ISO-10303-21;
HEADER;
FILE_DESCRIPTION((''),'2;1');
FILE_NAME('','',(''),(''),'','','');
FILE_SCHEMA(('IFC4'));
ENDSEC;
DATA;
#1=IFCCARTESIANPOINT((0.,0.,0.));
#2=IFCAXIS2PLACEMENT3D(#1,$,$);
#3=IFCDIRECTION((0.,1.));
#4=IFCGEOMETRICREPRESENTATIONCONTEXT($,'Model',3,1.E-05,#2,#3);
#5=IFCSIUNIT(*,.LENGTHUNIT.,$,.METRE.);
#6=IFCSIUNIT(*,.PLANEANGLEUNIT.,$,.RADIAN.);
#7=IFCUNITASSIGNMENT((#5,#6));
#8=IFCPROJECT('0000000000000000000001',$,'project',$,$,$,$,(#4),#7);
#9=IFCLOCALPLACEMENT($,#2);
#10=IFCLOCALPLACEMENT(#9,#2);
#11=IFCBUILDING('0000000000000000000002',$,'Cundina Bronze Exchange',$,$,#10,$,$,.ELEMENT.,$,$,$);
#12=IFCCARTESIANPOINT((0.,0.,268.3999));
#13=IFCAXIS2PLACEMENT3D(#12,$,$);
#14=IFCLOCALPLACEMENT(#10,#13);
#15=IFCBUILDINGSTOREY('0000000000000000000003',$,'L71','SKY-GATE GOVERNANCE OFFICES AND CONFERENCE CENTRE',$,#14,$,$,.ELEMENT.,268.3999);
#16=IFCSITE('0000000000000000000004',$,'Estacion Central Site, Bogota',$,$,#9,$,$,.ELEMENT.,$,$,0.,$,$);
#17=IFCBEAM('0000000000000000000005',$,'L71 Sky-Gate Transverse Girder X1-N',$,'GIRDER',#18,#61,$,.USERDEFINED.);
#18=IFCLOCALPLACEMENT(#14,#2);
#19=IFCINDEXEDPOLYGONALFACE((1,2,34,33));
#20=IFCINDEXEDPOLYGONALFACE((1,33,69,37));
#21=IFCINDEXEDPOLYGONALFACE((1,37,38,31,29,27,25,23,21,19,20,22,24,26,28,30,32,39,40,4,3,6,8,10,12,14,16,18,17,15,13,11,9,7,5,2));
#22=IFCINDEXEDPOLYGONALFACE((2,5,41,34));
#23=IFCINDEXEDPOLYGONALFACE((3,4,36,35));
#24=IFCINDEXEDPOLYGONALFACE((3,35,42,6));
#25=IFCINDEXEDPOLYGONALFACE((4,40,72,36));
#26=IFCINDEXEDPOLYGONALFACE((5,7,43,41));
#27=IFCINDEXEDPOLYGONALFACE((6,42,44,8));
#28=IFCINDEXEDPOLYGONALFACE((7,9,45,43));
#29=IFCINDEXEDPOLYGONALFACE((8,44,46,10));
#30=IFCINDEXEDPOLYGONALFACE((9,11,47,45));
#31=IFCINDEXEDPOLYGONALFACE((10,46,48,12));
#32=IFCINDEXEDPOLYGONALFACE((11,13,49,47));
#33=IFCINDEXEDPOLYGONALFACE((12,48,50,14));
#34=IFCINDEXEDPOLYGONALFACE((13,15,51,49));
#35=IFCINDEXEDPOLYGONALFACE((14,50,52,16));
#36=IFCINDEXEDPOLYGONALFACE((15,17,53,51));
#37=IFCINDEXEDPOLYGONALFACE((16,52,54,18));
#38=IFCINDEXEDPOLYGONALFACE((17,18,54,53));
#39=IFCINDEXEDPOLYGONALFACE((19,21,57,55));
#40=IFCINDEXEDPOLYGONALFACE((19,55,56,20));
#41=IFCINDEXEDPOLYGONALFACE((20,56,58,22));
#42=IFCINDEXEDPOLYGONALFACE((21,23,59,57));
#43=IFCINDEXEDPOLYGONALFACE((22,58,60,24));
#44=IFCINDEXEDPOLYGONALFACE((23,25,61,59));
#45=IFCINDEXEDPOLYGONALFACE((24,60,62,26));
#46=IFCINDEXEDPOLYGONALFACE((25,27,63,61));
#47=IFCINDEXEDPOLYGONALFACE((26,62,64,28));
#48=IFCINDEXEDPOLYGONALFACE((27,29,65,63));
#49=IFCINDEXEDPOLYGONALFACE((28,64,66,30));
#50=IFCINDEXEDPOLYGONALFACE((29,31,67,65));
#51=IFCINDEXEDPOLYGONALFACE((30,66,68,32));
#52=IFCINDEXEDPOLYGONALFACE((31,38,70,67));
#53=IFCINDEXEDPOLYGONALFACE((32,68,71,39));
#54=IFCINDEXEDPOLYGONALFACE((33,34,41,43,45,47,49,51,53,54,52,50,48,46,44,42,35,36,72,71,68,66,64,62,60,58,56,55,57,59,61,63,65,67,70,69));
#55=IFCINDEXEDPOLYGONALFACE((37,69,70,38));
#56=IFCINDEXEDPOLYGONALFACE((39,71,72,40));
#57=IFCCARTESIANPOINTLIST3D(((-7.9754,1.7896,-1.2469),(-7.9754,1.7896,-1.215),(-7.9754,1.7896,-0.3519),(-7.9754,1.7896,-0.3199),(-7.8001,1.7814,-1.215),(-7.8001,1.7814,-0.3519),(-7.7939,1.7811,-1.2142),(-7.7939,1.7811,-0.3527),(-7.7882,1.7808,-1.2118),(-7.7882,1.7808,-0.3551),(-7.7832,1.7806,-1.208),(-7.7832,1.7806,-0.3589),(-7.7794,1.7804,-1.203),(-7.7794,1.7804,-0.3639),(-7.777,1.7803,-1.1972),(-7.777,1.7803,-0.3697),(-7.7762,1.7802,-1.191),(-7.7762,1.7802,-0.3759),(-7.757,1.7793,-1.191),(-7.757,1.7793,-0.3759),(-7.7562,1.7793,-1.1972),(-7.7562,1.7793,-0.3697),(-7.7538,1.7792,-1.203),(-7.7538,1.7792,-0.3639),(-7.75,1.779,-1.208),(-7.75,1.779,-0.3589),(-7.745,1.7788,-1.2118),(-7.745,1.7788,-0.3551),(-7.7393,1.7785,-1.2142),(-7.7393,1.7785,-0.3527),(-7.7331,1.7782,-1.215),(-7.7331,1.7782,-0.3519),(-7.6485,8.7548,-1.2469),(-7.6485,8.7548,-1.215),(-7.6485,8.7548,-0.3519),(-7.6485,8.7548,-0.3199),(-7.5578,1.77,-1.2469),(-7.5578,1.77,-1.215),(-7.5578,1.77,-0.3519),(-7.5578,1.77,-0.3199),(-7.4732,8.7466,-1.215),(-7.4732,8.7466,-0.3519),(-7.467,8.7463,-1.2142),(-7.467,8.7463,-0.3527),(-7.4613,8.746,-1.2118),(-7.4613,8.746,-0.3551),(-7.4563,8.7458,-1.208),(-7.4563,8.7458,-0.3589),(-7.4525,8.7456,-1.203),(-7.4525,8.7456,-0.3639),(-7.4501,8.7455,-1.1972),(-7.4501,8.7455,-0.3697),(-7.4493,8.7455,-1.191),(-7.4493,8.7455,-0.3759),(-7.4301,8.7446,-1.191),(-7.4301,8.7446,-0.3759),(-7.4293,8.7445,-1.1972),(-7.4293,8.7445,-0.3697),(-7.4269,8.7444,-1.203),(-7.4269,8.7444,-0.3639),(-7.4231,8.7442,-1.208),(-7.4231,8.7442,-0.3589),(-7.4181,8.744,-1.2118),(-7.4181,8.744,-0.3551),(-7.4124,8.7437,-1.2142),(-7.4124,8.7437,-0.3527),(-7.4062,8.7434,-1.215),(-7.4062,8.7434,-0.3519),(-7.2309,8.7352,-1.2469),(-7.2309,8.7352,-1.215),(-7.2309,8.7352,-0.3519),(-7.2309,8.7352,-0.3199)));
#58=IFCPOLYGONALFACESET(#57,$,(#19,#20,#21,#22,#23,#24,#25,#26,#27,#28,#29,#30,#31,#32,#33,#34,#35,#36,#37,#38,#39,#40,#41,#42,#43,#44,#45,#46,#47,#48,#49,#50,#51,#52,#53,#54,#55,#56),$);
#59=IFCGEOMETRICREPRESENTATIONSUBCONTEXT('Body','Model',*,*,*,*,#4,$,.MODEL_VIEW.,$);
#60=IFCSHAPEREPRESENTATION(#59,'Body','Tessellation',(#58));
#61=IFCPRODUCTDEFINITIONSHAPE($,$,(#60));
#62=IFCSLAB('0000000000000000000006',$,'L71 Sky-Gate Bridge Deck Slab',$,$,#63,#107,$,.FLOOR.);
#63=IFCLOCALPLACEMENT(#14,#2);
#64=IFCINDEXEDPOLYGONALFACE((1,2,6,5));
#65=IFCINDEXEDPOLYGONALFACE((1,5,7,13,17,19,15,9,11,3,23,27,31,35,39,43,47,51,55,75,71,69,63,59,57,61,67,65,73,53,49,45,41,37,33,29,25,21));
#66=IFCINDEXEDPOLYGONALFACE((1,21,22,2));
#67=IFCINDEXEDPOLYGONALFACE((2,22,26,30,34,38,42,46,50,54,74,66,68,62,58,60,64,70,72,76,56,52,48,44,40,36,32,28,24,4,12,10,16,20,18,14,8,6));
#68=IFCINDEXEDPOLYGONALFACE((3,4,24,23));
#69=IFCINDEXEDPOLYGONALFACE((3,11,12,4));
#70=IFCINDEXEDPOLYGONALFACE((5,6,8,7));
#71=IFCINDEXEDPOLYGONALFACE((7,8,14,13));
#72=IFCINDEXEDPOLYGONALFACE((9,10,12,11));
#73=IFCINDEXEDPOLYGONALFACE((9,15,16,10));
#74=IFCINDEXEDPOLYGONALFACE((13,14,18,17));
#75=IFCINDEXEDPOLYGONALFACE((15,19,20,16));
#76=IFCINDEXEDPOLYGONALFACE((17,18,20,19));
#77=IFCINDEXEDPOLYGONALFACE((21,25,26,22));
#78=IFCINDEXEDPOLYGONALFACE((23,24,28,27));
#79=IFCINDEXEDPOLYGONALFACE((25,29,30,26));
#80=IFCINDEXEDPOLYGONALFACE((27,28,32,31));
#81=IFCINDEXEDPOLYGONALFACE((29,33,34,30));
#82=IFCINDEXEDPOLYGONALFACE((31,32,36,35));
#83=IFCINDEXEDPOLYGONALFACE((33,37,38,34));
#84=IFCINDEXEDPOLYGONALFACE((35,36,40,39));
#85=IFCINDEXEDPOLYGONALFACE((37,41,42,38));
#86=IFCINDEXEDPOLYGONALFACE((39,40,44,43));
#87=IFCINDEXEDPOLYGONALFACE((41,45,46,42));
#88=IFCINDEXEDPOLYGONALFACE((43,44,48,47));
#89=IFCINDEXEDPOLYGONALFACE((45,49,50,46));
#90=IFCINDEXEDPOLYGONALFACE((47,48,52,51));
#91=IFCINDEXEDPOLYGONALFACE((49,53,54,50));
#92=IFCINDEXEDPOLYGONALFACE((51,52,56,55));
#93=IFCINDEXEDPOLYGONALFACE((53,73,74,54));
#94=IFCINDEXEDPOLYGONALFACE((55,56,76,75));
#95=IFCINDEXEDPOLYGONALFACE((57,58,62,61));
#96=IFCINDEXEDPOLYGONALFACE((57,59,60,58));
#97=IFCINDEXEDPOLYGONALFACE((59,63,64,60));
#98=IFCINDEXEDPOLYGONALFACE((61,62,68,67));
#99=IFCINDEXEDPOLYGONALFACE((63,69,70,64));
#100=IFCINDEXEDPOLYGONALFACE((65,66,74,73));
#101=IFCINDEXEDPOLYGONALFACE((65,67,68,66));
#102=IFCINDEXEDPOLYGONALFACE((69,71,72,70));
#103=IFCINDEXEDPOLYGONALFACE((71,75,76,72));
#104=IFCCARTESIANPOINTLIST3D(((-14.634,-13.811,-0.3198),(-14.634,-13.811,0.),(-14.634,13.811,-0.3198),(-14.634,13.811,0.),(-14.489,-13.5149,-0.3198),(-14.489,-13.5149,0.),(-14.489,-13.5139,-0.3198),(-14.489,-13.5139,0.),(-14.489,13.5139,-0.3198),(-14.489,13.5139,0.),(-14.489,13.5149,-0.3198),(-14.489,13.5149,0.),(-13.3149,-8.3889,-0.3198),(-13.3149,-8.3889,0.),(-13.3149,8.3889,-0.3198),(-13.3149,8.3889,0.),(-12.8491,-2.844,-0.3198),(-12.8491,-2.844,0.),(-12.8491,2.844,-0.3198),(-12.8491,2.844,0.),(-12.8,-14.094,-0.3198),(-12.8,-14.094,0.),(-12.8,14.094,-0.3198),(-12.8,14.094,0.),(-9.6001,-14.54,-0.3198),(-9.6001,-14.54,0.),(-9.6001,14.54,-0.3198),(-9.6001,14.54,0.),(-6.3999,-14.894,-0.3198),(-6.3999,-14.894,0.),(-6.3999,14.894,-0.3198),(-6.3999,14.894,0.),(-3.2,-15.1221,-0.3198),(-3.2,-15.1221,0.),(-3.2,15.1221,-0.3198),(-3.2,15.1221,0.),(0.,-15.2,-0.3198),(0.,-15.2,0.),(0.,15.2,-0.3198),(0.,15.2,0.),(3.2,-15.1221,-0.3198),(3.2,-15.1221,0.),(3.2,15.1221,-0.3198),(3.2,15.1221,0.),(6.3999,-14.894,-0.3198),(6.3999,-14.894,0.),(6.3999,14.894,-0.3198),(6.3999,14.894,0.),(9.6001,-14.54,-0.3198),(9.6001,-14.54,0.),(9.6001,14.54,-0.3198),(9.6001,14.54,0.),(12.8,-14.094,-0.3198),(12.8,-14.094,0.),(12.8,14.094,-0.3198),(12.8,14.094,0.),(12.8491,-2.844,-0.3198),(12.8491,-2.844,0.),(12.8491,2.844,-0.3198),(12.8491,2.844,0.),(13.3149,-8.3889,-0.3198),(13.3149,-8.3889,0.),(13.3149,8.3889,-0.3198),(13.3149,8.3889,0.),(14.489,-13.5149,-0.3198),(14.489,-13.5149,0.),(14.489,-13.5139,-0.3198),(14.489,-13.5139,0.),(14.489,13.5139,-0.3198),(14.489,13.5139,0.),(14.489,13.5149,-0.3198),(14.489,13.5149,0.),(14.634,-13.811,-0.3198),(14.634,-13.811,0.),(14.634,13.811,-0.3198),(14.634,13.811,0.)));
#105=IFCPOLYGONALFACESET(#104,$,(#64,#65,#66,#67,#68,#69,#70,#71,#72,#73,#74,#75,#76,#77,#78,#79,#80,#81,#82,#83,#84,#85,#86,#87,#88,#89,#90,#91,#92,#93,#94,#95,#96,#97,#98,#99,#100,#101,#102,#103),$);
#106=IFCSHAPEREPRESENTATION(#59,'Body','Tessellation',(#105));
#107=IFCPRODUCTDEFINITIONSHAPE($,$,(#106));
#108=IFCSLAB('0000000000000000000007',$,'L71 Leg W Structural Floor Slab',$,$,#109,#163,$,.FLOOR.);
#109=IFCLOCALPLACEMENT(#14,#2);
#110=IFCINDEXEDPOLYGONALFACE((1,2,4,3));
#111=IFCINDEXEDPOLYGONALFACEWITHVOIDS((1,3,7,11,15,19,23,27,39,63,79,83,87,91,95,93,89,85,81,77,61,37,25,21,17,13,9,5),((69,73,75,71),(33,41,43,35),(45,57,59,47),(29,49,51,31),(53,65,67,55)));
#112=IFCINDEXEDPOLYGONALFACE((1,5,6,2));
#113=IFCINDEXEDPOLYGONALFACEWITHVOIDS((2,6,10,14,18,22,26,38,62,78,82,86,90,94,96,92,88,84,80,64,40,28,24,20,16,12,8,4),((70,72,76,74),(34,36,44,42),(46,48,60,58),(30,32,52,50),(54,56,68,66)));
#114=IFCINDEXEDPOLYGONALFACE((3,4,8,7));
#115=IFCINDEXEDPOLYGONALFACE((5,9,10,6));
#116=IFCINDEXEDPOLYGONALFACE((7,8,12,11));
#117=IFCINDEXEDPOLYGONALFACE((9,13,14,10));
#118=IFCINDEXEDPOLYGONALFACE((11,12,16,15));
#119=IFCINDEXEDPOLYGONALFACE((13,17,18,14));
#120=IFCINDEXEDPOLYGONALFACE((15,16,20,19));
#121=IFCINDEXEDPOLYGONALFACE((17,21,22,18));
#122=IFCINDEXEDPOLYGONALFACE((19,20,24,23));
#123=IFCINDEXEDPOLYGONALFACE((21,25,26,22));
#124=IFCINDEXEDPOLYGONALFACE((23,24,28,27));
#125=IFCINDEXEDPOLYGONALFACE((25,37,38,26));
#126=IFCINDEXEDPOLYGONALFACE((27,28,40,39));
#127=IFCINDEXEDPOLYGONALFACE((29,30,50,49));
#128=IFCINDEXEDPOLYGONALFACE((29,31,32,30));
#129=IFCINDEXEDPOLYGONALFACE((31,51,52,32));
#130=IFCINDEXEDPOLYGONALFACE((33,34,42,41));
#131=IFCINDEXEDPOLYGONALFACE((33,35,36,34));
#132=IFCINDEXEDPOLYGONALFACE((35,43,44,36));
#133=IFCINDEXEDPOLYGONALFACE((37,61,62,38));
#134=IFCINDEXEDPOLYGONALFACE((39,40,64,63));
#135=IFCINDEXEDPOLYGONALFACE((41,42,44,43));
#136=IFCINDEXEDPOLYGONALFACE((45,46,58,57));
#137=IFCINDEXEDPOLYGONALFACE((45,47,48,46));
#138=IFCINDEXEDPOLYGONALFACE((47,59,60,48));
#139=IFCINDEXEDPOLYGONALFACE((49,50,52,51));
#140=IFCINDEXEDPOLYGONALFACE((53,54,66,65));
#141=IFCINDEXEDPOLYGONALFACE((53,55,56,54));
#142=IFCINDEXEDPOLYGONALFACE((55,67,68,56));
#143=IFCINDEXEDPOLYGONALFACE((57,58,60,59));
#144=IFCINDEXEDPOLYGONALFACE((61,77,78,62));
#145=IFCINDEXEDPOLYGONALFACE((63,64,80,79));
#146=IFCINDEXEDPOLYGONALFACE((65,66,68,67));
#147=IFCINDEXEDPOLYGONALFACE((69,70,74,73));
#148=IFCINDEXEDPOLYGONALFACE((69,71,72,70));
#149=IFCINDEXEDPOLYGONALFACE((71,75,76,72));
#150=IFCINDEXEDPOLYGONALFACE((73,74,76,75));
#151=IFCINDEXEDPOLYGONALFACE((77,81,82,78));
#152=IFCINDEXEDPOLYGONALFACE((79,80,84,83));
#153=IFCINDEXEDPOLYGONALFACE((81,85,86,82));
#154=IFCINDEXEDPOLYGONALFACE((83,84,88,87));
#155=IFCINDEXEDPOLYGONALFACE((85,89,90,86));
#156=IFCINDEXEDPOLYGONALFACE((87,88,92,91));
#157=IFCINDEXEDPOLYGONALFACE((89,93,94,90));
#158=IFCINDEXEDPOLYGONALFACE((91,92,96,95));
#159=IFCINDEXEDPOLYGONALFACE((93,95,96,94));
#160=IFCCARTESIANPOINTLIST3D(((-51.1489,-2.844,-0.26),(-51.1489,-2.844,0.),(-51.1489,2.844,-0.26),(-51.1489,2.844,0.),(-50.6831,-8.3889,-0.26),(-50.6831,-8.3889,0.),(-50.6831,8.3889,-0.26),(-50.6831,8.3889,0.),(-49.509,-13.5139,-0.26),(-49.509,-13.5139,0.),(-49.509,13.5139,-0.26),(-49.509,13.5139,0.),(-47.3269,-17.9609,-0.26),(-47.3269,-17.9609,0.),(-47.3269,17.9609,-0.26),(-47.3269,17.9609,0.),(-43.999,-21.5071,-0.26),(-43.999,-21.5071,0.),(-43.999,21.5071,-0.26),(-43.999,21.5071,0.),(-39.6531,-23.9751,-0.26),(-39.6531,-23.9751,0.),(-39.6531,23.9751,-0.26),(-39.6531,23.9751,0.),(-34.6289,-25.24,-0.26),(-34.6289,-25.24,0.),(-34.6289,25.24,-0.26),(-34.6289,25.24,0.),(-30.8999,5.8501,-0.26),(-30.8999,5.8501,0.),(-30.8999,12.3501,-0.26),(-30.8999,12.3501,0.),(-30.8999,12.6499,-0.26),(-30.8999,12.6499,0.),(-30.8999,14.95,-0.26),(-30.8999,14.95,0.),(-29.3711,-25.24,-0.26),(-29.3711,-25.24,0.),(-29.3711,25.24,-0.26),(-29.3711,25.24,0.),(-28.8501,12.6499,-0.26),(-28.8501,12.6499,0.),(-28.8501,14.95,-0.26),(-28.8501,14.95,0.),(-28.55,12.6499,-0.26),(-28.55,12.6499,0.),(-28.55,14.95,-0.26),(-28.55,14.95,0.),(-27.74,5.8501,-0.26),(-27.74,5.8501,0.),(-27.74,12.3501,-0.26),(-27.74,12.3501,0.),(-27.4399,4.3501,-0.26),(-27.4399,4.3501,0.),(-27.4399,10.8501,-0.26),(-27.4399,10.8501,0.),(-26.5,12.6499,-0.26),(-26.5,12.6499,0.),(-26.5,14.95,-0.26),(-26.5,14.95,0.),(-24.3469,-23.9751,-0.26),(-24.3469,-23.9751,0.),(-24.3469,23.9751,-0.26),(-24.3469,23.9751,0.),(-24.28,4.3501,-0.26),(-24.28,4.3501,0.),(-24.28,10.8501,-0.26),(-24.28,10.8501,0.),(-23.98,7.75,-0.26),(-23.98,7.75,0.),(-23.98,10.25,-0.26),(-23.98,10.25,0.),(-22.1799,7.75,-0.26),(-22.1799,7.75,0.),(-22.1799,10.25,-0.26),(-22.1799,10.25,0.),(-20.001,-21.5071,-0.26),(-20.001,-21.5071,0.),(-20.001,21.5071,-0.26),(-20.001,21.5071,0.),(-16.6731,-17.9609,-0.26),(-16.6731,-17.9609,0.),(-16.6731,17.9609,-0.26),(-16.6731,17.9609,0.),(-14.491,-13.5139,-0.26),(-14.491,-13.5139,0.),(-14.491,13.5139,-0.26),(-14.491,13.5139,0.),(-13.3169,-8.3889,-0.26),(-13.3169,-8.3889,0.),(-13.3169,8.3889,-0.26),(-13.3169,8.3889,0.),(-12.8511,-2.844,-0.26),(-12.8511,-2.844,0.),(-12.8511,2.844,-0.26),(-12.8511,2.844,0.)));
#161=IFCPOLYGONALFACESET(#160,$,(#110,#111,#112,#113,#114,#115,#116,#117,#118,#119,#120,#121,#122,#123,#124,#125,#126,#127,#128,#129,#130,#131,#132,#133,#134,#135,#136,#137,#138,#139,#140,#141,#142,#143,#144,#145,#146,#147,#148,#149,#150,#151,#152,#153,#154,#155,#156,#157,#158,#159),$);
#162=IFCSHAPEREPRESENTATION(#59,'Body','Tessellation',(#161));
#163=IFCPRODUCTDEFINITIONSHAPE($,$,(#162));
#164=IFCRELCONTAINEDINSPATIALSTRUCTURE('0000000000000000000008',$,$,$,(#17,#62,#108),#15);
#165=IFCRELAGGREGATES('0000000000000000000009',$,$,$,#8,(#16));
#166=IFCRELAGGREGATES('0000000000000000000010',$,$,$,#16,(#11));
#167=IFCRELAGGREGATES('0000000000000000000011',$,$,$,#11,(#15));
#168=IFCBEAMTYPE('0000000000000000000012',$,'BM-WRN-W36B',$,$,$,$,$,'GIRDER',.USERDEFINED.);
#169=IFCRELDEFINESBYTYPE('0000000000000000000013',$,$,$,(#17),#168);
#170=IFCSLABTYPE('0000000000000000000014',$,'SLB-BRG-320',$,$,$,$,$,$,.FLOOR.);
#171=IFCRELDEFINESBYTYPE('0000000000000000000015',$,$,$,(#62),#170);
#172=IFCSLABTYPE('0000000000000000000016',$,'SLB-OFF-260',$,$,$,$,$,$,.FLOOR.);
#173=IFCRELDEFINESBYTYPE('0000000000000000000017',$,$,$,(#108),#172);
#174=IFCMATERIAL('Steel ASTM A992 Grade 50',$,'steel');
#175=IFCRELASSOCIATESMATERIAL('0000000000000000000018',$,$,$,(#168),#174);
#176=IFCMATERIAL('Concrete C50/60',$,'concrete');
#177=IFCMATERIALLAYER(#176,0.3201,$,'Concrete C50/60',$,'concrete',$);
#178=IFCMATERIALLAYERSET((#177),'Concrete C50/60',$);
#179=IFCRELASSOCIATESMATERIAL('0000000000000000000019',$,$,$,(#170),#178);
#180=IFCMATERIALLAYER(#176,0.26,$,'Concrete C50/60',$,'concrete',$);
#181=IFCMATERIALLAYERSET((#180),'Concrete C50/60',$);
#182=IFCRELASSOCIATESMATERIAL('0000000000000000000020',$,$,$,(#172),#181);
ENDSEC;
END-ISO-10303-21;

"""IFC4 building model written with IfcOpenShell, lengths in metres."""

from ifc_helpers import new_model, si_unit, direction, frame, origin, origin_2d, place, context, subcontext, project, spatial, polyline, i_section, outline, extrude, material, layer, layer_set, material_profile, profile_set, type_object, element, save


model = new_model("IFC4")

# Units and contexts
model_context = context("Model", 3, precision=1e-05, world=origin(), true_north=direction((0.0, 1.0)))
body_context = subcontext(model_context, "Body", "Model", "MODEL_VIEW")
ifc_project = project(units=[si_unit("LENGTHUNIT", "METRE"), si_unit("PLANEANGLEUNIT", "RADIAN")], contexts=[model_context])

# Site, building, storey
site_placement = place(None, origin())
site = spatial("IfcSite", under=ifc_project, at=site_placement, Name="Estacion Central Site, Bogota", CompositionType="ELEMENT", RefElevation=0.0)
building_placement = place(site_placement, origin())
building = spatial("IfcBuilding", under=site, at=building_placement, Name="Cundina Bronze Exchange", CompositionType="ELEMENT")
storey_placement = place(building_placement, frame((0.0, 0.0, 268.3999)))
storey = spatial("IfcBuildingStorey", under=building, at=storey_placement, Name="L71", Description="SKY-GATE GOVERNANCE OFFICES AND CONFERENCE CENTRE", CompositionType="ELEMENT", Elevation=268.3999)

# Shared definitions
ifc_material_1 = material(Name="Concrete C50/60", Category="concrete")
ifc_material_2 = material(Name="Steel ASTM A992 Grade 50", Category="steel")

# Beam
ifc_material_profile_1 = material_profile(ifc_material_2, i_section(OverallWidth=0.418, OverallDepth=0.927, WebThickness=0.0193, FlangeThickness=0.032, FilletRadius=0.0239, at=origin_2d()), Name="W36X231", Category="steel")
ifc_profile_set_1 = profile_set([ifc_material_profile_1], Name="Steel ASTM A992 Grade 50")
beam_type_1 = type_object("IfcBeamType", Name="BM-WRN-W36B", ElementType="GIRDER", PredefinedType="USERDEFINED", material=ifc_profile_set_1)
beam_1_placement = place(storey_placement, frame((-7.7666, 1.7798, -0.7834), z_axis=(0.046881, 0.9989, 0.0), x_axis=(-0.9989, 0.046881, 0.0)))
element("IfcBeam", 1, at=beam_1_placement, inside=storey, type_object=beam_type_1, Name="L71 Sky-Gate Transverse Girder X1-N", ObjectType="GIRDER", PredefinedType="USERDEFINED", context=body_context, shape_type="SweptSolid", body=[
    extrude(i_section(OverallWidth=0.418, OverallDepth=0.927, WebThickness=0.0193, FlangeThickness=0.032, FilletRadius=0.0239, at=origin_2d()), origin(), (0.0, 0.0, 1.0), 6.9729),
])

# Slabs
ifc_layer_1 = layer(ifc_material_1, 0.3201, Name="Concrete C50/60", Category="concrete")
ifc_layer_set_1 = layer_set([ifc_layer_1], Name="Concrete C50/60")
slab_type_1 = type_object("IfcSlabType", Name="SLB-BRG-320", PredefinedType="FLOOR", material=ifc_layer_set_1)
slab_1_placement = place(storey_placement, frame((0.0, 0.0, -0.3198)))
element("IfcSlab", 2, at=slab_1_placement, inside=storey, type_object=slab_type_1, Name="L71 Sky-Gate Bridge Deck Slab", PredefinedType="FLOOR", context=body_context, shape_type="SweptSolid", body=[
    extrude(outline(polyline([(12.8, -14.094), (9.6001, -14.54), (6.3999, -14.894), (3.2, -15.1221), (0.0, -15.2), (-3.2, -15.1221), (-6.3999, -14.894), (-9.6001, -14.54), (-12.8, -14.094), (-14.634, -13.811), (-14.489, -13.5149), (-14.489, -13.5149), (-14.489, -13.5139), (-13.3149, -8.3889), (-13.3149, -8.3889), (-12.8491, -2.844), (-12.8491, -2.844), (-12.8491, 2.844), (-12.8491, 2.844), (-13.3149, 8.3889), (-13.3149, 8.3889), (-14.489, 13.5139), (-14.489, 13.5149), (-14.489, 13.5149), (-14.634, 13.811), (-12.8, 14.094), (-9.6001, 14.54), (-6.3999, 14.894), (-3.2, 15.1221), (0.0, 15.2), (3.2, 15.1221), (6.3999, 14.894), (9.6001, 14.54), (12.8, 14.094), (14.634, 13.811), (14.489, 13.5149), (14.489, 13.5149), (14.489, 13.5139), (13.3149, 8.3889), (13.3149, 8.3889), (12.8491, 2.844), (12.8491, 2.844), (12.8491, -2.844), (12.8491, -2.844), (13.3149, -8.3889), (13.3149, -8.3889), (14.489, -13.5139), (14.489, -13.5149), (14.489, -13.5149), (14.634, -13.811), (12.8, -14.094)])), origin(), (0.0, 0.0, 1.0), 0.3198),
])
ifc_layer_2 = layer(ifc_material_1, 0.26, Name="Concrete C50/60", Category="concrete")
ifc_layer_set_2 = layer_set([ifc_layer_2], Name="Concrete C50/60")
slab_type_2 = type_object("IfcSlabType", Name="SLB-OFF-260", PredefinedType="FLOOR", material=ifc_layer_set_2)
slab_2_placement = place(storey_placement, frame((0.0, 0.0, -0.26)))
element("IfcSlab", 3, at=slab_2_placement, inside=storey, type_object=slab_type_2, Name="L71 Leg W Structural Floor Slab", PredefinedType="FLOOR", context=body_context, shape_type="SweptSolid", body=[
    extrude(outline(polyline([(-12.8511, 2.844), (-13.3169, 8.3889), (-14.491, 13.5139), (-16.6731, 17.9609), (-20.001, 21.5071), (-24.3469, 23.9751), (-29.3711, 25.24), (-34.6289, 25.24), (-39.6531, 23.9751), (-43.999, 21.5071), (-47.3269, 17.9609), (-49.509, 13.5139), (-50.6831, 8.3889), (-51.1489, 2.844), (-51.1489, -2.844), (-50.6831, -8.3889), (-49.509, -13.5139), (-47.3269, -17.9609), (-43.999, -21.5071), (-39.6531, -23.9751), (-34.6289, -25.24), (-29.3711, -25.24), (-24.3469, -23.9751), (-20.001, -21.5071), (-16.6731, -17.9609), (-14.491, -13.5139), (-13.3169, -8.3889), (-12.8511, -2.844), (-12.8511, 2.844)]), holes=[polyline([(-27.74, 5.8501), (-27.74, 12.3501), (-30.8999, 12.3501), (-30.8999, 5.8501), (-27.74, 5.8501)]), polyline([(-27.4399, 10.8501), (-27.4399, 4.3501), (-24.28, 4.3501), (-24.28, 10.8501), (-27.4399, 10.8501)]), polyline([(-23.98, 10.25), (-22.1799, 10.25), (-22.1799, 7.75), (-23.98, 7.75), (-23.98, 10.25)]), polyline([(-30.8999, 14.95), (-28.8501, 14.95), (-28.8501, 12.6499), (-30.8999, 12.6499), (-30.8999, 14.95)]), polyline([(-28.55, 14.95), (-26.5, 14.95), (-26.5, 12.6499), (-28.55, 12.6499), (-28.55, 14.95)])]), origin(), (0.0, 0.0, 1.0), 0.26),
])

save(model, "model.ifc")
